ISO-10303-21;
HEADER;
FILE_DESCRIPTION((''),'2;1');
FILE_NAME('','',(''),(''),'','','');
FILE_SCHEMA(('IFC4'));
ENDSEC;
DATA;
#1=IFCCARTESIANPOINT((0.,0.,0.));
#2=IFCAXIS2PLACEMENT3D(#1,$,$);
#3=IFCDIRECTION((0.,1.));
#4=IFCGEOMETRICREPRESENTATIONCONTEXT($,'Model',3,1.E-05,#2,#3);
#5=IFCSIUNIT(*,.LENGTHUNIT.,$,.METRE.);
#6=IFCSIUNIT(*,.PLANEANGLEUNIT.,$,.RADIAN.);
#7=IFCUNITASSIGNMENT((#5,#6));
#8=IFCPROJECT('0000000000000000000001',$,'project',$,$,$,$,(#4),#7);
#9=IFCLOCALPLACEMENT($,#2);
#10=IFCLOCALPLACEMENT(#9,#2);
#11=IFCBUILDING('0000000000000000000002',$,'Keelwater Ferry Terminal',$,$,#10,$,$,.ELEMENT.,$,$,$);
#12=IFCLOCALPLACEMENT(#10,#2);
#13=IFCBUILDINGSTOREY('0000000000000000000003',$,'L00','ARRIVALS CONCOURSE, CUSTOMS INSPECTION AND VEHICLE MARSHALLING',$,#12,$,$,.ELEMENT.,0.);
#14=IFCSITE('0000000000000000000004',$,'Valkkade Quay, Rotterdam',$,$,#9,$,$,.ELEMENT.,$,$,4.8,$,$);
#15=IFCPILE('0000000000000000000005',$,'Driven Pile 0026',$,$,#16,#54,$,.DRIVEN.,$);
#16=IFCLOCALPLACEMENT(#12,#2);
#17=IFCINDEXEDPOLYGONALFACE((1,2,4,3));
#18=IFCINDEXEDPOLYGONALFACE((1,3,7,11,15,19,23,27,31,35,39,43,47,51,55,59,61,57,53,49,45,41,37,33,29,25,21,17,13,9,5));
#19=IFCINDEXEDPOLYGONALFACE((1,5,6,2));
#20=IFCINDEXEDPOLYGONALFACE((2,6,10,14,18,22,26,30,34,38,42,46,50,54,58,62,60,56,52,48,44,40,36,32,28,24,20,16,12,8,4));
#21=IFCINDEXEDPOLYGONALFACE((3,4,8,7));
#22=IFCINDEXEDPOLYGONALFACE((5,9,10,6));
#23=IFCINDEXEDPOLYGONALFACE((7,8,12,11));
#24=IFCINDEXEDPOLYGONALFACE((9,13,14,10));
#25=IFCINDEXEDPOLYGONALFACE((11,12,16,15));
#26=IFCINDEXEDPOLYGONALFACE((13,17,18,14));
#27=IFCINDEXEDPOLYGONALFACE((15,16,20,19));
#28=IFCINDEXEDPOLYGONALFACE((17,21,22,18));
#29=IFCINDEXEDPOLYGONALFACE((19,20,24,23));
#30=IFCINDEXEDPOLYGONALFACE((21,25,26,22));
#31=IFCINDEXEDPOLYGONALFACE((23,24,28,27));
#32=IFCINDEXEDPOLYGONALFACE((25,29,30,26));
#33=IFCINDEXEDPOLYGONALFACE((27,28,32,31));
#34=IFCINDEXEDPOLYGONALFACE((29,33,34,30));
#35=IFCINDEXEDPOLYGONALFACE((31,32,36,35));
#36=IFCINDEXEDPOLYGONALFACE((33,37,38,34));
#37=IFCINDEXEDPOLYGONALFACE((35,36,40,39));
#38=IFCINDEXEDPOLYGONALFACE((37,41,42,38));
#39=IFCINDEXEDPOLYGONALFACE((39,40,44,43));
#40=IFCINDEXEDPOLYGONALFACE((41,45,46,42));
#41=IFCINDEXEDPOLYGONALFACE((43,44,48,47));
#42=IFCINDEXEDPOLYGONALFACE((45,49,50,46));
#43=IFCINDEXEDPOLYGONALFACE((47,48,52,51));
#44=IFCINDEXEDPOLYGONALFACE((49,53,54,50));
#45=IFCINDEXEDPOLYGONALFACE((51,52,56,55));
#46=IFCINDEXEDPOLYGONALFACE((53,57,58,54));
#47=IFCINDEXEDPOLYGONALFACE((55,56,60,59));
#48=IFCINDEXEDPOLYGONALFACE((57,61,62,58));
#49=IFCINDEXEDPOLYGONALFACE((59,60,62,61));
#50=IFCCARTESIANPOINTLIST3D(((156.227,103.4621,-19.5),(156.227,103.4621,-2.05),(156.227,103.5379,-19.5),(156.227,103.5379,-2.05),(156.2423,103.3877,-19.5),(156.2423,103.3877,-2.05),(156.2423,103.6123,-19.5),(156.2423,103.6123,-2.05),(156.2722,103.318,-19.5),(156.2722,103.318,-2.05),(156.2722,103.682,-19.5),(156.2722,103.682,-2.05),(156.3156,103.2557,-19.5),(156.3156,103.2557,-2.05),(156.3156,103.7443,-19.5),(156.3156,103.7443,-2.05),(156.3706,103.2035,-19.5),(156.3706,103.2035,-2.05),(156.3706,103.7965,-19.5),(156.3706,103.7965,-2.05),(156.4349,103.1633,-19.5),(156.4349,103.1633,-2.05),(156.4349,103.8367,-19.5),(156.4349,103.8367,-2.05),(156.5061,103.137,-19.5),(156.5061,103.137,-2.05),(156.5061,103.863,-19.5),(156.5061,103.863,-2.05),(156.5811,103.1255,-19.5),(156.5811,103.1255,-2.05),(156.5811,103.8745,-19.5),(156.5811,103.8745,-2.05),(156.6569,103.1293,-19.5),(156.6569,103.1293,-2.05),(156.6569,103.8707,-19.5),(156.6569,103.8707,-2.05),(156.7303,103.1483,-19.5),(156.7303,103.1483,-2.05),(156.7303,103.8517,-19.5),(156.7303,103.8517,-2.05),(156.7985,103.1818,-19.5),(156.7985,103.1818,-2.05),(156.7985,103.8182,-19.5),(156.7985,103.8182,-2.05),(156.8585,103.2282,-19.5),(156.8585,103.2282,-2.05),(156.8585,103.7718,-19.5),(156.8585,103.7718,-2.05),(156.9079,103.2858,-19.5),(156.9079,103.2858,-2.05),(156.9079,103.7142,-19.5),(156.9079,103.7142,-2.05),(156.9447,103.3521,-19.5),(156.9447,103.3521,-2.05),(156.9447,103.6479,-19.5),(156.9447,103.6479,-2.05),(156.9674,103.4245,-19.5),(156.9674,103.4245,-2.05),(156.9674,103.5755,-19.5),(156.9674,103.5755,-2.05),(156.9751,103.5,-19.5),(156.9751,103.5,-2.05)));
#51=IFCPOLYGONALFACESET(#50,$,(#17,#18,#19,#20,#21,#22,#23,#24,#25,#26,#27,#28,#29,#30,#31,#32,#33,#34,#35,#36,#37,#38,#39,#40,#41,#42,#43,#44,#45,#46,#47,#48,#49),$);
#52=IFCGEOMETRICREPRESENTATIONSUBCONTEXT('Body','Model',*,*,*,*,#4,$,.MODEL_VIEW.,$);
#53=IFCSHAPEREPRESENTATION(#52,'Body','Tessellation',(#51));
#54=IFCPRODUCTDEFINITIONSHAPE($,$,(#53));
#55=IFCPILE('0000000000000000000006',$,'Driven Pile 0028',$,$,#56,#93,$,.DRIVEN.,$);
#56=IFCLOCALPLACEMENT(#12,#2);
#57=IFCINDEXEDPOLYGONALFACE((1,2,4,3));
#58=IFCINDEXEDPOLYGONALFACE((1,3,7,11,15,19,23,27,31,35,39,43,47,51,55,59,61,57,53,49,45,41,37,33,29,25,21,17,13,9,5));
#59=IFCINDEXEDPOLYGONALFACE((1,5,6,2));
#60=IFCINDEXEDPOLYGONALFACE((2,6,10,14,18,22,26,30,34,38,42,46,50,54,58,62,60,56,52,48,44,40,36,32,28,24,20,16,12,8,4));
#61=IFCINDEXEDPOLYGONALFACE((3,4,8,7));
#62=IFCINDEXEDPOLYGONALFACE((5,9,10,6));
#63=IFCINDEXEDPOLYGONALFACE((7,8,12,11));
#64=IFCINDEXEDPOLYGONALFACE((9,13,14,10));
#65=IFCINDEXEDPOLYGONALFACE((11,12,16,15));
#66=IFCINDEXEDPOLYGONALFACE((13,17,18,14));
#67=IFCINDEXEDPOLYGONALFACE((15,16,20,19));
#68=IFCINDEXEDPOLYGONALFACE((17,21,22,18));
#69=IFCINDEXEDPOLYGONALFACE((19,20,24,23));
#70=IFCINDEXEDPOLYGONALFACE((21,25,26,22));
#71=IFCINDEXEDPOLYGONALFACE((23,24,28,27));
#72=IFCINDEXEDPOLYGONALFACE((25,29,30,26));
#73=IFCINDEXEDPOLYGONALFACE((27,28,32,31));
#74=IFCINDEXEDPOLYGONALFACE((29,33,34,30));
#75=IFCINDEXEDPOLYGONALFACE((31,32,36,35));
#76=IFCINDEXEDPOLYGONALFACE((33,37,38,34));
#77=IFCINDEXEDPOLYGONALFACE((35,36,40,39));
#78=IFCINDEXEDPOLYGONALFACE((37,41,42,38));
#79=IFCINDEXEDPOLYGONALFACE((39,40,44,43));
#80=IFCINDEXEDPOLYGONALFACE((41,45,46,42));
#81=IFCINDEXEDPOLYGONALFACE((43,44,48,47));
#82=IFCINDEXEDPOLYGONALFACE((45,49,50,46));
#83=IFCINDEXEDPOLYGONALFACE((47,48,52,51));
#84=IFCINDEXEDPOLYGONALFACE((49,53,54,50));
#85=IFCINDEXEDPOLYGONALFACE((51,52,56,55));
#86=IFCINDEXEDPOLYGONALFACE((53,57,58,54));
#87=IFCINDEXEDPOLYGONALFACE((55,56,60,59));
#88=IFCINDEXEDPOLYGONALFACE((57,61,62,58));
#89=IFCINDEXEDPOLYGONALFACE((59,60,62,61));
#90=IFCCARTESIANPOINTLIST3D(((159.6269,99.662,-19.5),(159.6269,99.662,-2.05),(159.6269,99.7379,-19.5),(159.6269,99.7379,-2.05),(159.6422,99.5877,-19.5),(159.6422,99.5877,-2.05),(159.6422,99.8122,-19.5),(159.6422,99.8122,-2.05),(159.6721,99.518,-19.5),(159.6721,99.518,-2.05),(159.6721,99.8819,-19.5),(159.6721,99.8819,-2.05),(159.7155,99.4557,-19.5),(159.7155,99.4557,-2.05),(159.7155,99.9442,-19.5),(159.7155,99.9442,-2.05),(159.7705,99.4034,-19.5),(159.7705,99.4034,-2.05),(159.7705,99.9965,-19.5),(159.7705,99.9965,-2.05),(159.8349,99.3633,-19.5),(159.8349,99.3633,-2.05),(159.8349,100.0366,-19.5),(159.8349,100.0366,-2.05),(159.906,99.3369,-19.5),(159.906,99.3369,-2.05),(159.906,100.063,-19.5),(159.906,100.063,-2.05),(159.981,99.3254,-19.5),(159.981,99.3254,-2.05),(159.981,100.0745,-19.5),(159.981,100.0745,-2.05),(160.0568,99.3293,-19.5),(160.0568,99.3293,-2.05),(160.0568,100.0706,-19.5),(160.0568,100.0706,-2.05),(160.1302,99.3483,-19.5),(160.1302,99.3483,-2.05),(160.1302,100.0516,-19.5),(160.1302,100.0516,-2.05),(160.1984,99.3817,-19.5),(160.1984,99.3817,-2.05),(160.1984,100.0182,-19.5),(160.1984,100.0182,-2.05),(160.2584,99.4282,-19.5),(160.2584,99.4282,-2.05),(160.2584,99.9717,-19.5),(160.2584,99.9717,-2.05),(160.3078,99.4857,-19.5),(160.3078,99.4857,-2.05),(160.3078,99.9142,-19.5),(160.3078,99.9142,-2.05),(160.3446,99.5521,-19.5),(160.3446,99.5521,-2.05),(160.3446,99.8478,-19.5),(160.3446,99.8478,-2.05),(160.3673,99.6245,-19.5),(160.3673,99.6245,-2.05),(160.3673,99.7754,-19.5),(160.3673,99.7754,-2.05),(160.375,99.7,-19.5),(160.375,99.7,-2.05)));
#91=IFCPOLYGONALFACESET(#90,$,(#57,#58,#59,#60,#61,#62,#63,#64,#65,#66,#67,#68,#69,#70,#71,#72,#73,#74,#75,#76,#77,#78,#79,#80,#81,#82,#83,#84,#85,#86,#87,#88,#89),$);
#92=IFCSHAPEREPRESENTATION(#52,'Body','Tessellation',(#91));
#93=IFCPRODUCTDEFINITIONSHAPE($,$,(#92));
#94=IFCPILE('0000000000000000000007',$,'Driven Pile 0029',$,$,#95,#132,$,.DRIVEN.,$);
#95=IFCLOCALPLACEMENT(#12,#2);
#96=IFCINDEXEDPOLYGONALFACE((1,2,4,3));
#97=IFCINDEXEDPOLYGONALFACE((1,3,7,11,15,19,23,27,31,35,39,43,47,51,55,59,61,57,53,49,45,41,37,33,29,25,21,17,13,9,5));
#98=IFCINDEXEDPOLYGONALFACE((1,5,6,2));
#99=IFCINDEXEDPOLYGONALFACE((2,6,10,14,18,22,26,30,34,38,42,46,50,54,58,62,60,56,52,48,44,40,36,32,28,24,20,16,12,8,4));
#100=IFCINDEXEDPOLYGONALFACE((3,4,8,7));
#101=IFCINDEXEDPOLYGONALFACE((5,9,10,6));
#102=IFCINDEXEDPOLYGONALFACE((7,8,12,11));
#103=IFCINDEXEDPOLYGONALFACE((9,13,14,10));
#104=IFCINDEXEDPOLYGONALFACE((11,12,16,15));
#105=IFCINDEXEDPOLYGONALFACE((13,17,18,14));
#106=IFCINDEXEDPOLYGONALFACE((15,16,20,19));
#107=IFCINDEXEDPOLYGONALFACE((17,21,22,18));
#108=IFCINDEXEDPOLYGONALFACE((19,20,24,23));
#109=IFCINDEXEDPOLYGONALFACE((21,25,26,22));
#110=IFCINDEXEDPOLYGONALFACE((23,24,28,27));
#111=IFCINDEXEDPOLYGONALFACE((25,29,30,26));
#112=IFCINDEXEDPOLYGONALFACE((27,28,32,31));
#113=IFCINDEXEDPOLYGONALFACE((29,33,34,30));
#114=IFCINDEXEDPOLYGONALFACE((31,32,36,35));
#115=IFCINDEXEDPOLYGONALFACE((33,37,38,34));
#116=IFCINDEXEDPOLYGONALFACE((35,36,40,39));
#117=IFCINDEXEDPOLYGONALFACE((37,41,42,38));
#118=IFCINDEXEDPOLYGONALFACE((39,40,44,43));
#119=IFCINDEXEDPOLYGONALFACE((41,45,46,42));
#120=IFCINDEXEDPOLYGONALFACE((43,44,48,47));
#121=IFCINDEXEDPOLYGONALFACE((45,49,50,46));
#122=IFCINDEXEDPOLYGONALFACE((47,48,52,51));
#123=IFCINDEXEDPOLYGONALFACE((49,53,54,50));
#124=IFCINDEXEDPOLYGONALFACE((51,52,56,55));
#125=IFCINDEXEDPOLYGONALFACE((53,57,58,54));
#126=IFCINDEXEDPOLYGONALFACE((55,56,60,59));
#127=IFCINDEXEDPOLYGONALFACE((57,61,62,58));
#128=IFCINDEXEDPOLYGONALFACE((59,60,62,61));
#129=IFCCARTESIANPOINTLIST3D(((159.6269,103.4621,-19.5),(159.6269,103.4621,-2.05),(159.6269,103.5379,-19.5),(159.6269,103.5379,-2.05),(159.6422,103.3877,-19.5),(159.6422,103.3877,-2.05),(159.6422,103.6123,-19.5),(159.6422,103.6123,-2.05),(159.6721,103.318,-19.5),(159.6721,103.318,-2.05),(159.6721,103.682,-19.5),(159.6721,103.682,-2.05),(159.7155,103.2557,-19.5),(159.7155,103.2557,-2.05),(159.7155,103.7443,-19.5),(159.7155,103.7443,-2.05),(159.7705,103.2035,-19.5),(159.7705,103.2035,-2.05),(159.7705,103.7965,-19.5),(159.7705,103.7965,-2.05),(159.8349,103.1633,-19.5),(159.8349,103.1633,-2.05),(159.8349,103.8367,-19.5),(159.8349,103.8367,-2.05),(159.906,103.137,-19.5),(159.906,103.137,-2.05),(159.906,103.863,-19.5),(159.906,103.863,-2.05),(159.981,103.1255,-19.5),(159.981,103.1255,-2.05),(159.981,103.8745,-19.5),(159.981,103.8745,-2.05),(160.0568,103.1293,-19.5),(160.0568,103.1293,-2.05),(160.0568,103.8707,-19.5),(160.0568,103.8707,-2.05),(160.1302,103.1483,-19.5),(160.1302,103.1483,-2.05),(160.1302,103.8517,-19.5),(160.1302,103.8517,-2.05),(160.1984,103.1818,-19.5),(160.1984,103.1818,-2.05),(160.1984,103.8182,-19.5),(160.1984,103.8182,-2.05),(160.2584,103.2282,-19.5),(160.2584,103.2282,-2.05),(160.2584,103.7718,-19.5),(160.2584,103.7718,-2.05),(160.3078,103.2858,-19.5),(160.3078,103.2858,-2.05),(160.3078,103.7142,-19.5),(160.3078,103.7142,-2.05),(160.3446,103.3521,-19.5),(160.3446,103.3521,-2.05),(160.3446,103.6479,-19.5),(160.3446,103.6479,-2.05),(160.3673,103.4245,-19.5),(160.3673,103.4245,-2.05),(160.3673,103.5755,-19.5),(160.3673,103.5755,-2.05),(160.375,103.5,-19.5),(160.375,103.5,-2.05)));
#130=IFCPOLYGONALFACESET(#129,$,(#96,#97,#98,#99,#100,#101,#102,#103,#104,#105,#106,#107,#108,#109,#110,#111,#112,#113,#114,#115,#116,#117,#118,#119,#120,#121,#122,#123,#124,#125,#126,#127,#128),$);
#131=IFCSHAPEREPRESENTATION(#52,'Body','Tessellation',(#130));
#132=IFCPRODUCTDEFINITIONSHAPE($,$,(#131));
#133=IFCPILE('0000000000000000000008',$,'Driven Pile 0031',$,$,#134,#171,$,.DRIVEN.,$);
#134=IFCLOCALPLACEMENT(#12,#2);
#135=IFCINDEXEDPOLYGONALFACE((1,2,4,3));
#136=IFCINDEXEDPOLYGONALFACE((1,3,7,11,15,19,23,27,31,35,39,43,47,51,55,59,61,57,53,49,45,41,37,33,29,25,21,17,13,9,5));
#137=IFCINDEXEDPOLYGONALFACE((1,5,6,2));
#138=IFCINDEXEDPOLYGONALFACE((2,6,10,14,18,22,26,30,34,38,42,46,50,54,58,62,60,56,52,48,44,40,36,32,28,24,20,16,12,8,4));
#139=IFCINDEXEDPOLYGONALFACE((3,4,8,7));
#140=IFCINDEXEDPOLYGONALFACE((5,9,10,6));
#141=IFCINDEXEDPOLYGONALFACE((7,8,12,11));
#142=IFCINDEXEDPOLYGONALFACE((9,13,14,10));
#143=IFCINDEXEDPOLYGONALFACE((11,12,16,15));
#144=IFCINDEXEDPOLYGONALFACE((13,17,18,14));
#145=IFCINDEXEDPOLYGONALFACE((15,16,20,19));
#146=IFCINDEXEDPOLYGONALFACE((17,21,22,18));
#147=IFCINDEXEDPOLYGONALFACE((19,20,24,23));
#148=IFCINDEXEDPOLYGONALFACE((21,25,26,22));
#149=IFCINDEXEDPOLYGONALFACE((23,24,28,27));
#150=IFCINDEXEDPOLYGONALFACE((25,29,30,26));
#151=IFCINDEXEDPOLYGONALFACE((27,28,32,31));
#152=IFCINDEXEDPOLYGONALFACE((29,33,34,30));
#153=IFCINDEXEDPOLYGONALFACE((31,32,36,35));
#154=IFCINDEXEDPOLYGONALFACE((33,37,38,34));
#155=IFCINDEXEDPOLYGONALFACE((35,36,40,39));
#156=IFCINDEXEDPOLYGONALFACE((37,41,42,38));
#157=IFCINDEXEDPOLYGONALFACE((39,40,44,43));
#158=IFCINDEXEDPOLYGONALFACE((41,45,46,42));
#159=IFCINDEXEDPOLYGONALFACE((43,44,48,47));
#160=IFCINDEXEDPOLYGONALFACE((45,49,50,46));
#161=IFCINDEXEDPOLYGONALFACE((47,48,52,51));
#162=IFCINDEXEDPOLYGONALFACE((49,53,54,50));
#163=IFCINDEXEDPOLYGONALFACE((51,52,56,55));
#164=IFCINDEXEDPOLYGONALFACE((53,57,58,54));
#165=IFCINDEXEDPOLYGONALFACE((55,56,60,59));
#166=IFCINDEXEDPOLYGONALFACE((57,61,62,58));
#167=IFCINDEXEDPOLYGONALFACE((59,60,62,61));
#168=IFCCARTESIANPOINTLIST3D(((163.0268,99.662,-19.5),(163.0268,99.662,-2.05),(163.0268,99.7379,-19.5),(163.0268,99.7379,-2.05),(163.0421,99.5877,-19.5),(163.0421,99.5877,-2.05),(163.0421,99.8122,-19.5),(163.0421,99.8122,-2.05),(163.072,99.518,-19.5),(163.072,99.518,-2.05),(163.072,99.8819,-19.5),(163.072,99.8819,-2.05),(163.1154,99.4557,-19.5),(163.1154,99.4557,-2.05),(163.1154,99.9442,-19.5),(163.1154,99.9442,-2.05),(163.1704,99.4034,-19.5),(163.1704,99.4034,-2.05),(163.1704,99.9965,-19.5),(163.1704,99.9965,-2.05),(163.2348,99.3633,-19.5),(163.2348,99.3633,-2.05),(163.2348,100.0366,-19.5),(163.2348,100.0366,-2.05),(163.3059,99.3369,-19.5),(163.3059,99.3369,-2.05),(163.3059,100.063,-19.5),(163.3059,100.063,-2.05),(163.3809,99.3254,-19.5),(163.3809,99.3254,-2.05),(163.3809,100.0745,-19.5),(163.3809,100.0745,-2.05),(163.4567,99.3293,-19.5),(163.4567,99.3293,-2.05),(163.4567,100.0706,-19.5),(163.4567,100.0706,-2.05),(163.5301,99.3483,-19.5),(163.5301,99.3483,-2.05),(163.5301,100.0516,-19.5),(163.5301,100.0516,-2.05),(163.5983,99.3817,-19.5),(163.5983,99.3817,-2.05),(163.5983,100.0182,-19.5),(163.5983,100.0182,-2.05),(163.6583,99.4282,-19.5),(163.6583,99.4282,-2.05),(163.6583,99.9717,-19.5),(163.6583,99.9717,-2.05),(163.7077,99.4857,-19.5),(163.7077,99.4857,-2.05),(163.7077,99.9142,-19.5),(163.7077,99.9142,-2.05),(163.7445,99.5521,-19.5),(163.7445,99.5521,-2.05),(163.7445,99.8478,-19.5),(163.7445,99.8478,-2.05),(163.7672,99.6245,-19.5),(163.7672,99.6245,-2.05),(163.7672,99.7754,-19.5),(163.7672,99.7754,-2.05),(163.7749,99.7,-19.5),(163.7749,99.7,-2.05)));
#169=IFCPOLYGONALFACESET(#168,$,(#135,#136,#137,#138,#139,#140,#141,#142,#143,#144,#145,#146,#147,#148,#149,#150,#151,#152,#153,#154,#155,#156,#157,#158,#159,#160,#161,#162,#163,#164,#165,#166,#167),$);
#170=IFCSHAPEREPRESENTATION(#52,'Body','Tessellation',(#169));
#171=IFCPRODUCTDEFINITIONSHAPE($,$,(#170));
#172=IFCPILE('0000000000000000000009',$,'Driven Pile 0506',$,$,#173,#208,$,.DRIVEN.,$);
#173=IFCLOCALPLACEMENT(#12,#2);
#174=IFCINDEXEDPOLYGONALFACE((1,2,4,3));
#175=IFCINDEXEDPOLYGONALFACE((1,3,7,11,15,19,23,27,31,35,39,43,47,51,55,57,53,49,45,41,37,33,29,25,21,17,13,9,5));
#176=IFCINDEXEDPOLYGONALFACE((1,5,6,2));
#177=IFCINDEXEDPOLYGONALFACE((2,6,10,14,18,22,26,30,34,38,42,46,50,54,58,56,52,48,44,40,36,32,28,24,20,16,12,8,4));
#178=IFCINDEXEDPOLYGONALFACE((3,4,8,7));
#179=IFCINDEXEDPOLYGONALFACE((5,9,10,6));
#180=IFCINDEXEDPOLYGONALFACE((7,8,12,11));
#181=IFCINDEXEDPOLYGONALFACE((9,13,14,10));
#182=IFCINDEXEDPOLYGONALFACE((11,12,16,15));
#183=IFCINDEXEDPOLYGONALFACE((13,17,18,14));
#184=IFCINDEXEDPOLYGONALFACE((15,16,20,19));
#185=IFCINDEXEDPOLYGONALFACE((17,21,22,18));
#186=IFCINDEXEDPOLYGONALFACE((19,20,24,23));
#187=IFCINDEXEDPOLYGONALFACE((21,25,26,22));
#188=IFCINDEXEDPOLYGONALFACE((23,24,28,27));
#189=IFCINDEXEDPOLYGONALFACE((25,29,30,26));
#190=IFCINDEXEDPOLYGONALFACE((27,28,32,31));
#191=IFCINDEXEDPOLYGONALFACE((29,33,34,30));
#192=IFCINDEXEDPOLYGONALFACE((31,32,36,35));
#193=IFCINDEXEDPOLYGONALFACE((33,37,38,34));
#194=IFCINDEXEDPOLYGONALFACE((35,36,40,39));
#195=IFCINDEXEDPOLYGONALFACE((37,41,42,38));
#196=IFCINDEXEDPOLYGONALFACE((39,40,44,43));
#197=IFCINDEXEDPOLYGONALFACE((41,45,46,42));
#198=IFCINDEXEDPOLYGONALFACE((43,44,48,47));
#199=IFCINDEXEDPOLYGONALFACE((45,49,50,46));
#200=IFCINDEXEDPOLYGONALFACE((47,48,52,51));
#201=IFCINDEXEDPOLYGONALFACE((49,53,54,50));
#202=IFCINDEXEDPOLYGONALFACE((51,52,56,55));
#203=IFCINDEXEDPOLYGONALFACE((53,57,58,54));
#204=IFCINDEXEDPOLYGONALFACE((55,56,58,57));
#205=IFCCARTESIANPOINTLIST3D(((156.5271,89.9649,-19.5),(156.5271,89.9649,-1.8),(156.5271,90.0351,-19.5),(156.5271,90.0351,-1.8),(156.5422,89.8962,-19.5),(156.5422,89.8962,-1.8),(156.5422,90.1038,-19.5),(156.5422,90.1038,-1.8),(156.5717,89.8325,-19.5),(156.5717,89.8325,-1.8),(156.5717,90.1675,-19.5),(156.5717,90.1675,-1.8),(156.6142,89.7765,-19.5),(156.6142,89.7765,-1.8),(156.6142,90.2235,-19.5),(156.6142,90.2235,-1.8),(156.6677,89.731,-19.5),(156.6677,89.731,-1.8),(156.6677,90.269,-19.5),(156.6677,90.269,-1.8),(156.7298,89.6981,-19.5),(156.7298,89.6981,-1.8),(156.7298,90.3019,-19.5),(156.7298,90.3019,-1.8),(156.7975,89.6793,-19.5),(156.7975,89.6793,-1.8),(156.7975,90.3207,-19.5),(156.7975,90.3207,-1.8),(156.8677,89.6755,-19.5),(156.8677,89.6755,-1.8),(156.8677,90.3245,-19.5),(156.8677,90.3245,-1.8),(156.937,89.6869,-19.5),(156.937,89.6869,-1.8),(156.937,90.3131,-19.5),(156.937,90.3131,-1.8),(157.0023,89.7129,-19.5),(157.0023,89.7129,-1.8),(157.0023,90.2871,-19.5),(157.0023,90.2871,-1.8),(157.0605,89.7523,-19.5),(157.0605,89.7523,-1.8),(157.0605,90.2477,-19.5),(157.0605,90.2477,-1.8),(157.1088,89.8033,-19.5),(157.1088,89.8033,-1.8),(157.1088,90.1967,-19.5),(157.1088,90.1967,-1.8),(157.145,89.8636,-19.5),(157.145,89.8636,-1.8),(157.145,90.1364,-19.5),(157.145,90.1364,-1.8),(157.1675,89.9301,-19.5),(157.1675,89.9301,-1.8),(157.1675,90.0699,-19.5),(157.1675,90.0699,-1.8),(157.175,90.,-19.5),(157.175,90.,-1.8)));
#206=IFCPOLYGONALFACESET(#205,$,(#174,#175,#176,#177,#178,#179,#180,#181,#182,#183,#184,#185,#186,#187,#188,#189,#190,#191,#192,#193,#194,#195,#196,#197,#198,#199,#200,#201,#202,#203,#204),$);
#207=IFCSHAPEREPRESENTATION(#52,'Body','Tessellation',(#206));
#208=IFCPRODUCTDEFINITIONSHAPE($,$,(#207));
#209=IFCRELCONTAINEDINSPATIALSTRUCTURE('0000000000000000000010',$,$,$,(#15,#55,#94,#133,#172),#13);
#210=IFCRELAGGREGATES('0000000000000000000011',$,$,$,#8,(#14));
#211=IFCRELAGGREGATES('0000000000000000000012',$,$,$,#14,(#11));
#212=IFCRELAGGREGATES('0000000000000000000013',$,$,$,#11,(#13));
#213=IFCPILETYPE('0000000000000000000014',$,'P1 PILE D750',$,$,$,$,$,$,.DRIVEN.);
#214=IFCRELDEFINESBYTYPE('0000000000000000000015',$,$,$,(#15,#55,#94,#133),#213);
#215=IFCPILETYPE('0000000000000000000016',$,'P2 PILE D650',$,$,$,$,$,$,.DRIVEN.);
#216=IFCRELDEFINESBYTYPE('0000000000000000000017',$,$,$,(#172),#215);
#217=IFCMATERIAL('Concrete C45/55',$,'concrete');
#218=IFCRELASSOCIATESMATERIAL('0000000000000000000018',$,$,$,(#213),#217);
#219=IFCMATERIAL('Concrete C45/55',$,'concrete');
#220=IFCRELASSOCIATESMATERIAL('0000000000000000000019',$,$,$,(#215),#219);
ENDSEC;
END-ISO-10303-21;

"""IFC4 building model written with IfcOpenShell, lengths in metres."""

from ifc_helpers import new_model, si_unit, direction, frame, origin, origin_2d, place, context, subcontext, project, spatial, circle, extrude, material, material_profile, profile_set, type_object, element, save


model = new_model("IFC4")

# Units and contexts
model_context = context("Model", 3, precision=1e-05, world=origin(), true_north=direction((0.0, 1.0)))
body_context = subcontext(model_context, "Body", "Model", "MODEL_VIEW")
ifc_project = project(units=[si_unit("LENGTHUNIT", "METRE"), si_unit("PLANEANGLEUNIT", "RADIAN")], contexts=[model_context])

# Site, building, storey
site_placement = place(None, origin())
site = spatial("IfcSite", under=ifc_project, at=site_placement, Name="Valkkade Quay, Rotterdam", CompositionType="ELEMENT", RefElevation=4.8)
building_placement = place(site_placement, origin())
building = spatial("IfcBuilding", under=site, at=building_placement, Name="Keelwater Ferry Terminal", CompositionType="ELEMENT")
storey_placement = place(building_placement, origin())
storey = spatial("IfcBuildingStorey", under=building, at=storey_placement, Name="L00", Description="ARRIVALS CONCOURSE, CUSTOMS INSPECTION AND VEHICLE MARSHALLING", CompositionType="ELEMENT", Elevation=0.0)

# Piles
ifc_material_1 = material(Name="Concrete C45/55", Category="concrete")
ifc_material_profile_1 = material_profile(ifc_material_1, circle(Radius=0.375, at=origin_2d()), Name="PILE D750")
ifc_profile_set_1 = profile_set([ifc_material_profile_1], Name="Concrete C45/55")
pile_type_1 = type_object("IfcPileType", Name="P1 PILE D750", PredefinedType="DRIVEN", material=ifc_profile_set_1)
for number, where, z_axis, x_axis, name in (
    (1, (156.6001, 103.5, -2.05), (0.0, 0.0, -1.0), (1.0, 0.0, 0.0), "Driven Pile 0026"),
    (2, (160.0, 99.7, -2.05), (0.0, 0.0, -1.0), (1.0, 0.0, 0.0), "Driven Pile 0028"),
    (3, (160.0, 103.5, -2.05), (0.0, 0.0, -1.0), (1.0, 0.0, 0.0), "Driven Pile 0029"),
    (4, (163.3999, 99.7, -2.05), (0.0, 0.0, -1.0), (1.0, 0.0, 0.0), "Driven Pile 0031"),
):
    element("IfcPile", number, at=place(storey_placement, frame(where, z_axis=z_axis, x_axis=x_axis)), inside=storey, type_object=pile_type_1, Name=name, PredefinedType="DRIVEN", context=body_context, shape_type="SweptSolid", body=[
        extrude(circle(Radius=0.375, at=origin_2d()), origin(), (0.0, 0.0, 1.0), 17.45),
    ])
ifc_material_2 = material(Name="Concrete C45/55", Category="concrete")
ifc_material_profile_2 = material_profile(ifc_material_2, circle(Radius=0.325, at=origin_2d()), Name="PILE D650")
ifc_profile_set_2 = profile_set([ifc_material_profile_2], Name="Concrete C45/55")
pile_type_2 = type_object("IfcPileType", Name="P2 PILE D650", PredefinedType="DRIVEN", material=ifc_profile_set_2)
for number, where, z_axis, x_axis, name in (
    (5, (156.8501, 90.0, -1.8), (0.0, 0.0, -1.0), (1.0, 0.0, 0.0), "Driven Pile 0506"),
):
    element("IfcPile", number, at=place(storey_placement, frame(where, z_axis=z_axis, x_axis=x_axis)), inside=storey, type_object=pile_type_2, Name=name, PredefinedType="DRIVEN", context=body_context, shape_type="SweptSolid", body=[
        extrude(circle(Radius=0.325, at=origin_2d()), origin(), (0.0, 0.0, 1.0), 17.7),
    ])

save(model, "model.ifc")
